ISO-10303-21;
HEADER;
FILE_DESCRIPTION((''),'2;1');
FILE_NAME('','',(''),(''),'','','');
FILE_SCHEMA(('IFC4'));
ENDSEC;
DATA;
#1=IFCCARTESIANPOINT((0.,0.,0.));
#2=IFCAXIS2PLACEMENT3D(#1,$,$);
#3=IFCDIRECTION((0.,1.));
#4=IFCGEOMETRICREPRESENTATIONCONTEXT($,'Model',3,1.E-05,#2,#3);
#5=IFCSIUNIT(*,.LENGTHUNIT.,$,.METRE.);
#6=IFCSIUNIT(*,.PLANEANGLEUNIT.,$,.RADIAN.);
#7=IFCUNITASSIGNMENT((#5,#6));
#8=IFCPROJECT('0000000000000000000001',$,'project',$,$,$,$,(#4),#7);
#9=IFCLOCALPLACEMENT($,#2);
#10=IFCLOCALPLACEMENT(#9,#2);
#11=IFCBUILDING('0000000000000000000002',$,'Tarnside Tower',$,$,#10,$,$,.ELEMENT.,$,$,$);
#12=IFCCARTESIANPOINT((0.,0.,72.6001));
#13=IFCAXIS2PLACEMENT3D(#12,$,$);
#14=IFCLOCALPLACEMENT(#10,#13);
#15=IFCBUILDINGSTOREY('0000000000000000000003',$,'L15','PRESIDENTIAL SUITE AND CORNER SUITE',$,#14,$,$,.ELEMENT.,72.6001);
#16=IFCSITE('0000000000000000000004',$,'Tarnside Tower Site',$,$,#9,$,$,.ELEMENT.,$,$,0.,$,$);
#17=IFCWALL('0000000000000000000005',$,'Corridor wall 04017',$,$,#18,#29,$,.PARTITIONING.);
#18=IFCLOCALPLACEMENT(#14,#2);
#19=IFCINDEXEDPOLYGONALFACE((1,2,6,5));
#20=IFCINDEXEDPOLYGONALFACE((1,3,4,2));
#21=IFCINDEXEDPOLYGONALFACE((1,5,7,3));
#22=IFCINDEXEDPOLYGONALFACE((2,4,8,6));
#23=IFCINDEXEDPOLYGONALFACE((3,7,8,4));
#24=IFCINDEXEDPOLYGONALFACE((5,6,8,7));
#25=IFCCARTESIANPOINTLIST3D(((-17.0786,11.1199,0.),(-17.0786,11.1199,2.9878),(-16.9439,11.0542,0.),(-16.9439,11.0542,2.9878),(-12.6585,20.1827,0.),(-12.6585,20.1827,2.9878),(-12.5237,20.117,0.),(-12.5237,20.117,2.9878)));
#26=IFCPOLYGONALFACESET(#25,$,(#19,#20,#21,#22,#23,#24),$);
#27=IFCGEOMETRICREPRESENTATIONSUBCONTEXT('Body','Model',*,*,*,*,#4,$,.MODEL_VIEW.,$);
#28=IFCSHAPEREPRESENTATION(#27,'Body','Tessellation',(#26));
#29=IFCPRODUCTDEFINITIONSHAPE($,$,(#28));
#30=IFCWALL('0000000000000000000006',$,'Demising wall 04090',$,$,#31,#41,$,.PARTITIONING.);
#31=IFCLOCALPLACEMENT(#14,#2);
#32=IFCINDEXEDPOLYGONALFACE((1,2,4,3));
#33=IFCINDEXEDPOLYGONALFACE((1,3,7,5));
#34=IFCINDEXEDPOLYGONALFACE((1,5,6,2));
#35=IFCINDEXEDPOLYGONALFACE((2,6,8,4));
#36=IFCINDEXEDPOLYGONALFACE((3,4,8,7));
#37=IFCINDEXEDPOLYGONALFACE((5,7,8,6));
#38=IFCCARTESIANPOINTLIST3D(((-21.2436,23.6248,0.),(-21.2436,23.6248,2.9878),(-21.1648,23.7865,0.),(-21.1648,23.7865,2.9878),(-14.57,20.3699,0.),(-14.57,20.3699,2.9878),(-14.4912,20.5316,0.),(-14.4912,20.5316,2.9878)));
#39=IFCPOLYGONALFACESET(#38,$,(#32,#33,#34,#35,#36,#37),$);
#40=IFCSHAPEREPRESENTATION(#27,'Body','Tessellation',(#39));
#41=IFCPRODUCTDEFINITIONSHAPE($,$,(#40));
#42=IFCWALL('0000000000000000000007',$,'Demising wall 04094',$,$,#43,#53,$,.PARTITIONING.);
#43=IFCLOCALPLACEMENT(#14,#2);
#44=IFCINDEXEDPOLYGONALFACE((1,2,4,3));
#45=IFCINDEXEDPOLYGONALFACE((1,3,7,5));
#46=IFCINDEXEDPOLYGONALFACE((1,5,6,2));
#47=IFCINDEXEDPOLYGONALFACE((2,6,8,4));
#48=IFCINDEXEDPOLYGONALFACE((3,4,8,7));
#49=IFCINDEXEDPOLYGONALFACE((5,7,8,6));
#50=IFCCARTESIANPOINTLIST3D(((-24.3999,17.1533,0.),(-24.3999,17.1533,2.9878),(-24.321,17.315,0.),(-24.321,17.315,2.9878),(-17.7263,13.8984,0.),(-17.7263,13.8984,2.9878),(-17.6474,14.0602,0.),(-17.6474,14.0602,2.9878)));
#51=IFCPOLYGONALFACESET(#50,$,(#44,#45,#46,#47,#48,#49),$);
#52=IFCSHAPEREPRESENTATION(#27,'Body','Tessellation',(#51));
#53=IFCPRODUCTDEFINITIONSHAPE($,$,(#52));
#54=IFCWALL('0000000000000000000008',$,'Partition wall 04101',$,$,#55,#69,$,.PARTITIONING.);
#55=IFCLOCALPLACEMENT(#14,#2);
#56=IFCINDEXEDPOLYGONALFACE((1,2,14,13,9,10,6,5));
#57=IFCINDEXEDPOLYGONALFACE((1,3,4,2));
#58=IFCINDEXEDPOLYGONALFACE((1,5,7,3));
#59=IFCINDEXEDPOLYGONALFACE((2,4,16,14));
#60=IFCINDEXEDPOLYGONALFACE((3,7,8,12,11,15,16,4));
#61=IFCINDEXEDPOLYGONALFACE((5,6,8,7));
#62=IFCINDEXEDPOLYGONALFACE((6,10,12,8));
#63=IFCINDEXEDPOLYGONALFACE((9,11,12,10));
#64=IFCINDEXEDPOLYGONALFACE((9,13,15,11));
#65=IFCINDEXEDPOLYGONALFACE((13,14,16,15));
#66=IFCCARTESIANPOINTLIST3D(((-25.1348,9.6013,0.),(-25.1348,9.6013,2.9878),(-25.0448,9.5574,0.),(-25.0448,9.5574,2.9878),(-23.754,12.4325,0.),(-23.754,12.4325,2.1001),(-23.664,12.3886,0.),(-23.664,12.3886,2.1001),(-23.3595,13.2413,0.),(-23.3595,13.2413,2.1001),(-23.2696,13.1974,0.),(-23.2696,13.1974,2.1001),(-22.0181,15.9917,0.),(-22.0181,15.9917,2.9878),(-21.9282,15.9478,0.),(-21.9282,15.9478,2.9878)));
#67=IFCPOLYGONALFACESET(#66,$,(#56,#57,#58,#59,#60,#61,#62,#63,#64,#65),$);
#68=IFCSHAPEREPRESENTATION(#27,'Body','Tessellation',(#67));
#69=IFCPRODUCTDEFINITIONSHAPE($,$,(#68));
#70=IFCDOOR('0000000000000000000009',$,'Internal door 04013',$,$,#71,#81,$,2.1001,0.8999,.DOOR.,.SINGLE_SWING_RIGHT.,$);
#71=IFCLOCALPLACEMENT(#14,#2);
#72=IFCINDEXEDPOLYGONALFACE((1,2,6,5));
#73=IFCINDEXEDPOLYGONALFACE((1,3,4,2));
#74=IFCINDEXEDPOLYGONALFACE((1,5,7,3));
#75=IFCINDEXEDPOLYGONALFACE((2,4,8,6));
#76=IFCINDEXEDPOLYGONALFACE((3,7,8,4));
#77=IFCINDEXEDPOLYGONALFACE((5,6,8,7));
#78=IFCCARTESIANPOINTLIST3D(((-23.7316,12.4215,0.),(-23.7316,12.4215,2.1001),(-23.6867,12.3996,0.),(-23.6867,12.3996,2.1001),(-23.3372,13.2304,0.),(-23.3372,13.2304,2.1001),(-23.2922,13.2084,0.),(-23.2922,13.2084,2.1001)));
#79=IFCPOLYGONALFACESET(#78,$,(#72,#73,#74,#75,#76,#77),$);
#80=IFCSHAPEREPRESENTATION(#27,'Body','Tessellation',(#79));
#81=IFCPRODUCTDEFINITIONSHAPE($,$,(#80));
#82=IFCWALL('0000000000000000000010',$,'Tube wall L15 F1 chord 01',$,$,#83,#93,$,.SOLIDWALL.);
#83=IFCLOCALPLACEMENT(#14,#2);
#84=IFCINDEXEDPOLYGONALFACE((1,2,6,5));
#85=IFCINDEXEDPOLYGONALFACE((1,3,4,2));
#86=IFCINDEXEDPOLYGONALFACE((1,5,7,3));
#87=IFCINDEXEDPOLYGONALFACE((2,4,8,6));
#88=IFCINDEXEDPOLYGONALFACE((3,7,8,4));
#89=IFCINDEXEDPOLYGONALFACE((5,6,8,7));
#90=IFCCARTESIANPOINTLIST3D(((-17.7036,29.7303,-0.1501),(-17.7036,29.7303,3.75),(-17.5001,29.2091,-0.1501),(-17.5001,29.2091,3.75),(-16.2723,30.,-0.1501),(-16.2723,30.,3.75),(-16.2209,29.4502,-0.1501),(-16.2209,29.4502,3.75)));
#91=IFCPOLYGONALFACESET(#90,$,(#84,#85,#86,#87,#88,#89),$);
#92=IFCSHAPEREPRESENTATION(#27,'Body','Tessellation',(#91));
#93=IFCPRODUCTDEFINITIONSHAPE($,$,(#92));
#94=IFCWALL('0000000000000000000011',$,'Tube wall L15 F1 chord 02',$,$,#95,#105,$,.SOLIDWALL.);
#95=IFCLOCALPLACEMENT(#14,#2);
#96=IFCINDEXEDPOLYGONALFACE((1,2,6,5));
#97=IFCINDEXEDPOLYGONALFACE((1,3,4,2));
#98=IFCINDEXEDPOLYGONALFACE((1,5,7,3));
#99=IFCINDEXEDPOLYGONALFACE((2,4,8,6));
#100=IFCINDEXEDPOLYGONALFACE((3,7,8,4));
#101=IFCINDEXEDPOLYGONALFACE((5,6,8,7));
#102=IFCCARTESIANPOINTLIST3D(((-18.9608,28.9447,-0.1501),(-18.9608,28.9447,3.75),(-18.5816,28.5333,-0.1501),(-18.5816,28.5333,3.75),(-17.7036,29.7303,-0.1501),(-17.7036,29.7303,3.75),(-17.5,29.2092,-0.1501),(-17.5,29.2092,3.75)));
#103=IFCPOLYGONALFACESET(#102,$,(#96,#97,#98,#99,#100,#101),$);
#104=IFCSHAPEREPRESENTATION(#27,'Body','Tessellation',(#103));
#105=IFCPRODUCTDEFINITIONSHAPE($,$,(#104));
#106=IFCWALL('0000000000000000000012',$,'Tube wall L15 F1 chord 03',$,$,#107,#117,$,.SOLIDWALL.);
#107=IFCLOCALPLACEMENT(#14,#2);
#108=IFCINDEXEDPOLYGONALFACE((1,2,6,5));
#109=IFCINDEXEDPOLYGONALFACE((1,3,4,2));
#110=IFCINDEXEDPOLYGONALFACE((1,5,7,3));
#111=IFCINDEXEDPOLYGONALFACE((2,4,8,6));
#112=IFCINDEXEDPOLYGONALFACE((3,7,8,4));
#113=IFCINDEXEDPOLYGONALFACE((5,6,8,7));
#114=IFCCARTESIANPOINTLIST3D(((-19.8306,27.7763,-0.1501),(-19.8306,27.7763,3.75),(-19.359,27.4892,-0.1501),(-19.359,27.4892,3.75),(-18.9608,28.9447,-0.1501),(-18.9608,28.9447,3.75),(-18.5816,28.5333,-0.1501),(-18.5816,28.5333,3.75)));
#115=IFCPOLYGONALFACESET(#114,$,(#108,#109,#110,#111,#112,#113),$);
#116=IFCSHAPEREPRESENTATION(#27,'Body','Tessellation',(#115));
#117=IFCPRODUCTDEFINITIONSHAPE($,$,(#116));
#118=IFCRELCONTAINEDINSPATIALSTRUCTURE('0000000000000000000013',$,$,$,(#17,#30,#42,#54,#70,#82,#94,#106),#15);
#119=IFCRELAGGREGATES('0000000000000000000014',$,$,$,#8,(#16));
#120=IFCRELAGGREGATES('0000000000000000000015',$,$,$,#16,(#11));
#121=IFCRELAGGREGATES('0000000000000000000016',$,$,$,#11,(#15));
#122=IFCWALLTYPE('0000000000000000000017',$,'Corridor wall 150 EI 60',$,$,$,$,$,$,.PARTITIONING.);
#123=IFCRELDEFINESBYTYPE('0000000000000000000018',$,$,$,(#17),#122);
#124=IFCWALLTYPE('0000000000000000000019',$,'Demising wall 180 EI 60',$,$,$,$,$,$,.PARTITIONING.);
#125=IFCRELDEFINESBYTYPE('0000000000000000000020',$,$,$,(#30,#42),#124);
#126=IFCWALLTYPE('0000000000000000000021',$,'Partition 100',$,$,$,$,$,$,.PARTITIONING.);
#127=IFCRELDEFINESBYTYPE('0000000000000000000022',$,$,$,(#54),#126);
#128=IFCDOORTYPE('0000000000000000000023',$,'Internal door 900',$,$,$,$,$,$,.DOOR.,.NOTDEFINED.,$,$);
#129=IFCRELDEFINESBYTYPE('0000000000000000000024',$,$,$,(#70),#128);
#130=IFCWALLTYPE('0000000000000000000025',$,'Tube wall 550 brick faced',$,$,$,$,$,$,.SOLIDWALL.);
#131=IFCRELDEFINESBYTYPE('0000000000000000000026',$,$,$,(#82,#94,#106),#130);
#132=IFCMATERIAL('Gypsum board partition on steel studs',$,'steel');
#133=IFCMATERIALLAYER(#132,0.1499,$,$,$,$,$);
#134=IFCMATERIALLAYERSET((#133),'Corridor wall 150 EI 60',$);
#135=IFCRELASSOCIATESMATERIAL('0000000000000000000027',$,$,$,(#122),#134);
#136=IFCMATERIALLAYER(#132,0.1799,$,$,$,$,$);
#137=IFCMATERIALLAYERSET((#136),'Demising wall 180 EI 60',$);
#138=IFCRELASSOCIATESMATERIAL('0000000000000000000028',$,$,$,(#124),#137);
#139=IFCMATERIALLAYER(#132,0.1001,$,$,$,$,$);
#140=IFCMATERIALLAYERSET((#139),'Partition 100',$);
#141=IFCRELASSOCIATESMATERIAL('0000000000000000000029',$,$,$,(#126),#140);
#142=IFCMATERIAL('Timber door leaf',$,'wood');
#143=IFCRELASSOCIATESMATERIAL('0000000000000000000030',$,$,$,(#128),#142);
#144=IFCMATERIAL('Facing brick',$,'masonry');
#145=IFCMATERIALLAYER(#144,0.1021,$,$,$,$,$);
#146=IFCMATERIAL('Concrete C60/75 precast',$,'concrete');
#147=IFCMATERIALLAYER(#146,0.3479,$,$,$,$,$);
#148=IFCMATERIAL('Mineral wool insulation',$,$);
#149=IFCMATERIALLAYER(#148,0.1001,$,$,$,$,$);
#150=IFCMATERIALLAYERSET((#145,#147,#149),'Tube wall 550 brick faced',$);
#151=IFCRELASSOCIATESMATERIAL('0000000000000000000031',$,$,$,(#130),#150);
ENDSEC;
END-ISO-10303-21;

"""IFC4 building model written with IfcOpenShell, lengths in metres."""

from ifc_helpers import new_model, si_unit, direction, frame, frame_2d, origin, place, context, subcontext, project, spatial, polyline, rectangle, outline, extrude, material, layer, layer_set, type_object, element, fill, save


model = new_model("IFC4")

# Units and contexts
model_context = context("Model", 3, precision=1e-05, world=origin(), true_north=direction((0.0, 1.0)))
body_context = subcontext(model_context, "Body", "Model", "MODEL_VIEW")
ifc_project = project(units=[si_unit("LENGTHUNIT", "METRE"), si_unit("PLANEANGLEUNIT", "RADIAN")], contexts=[model_context])

# Site, building, storey
site_placement = place(None, origin())
site = spatial("IfcSite", under=ifc_project, at=site_placement, Name="Tarnside Tower Site", CompositionType="ELEMENT", RefElevation=0.0)
building_placement = place(site_placement, origin())
building = spatial("IfcBuilding", under=site, at=building_placement, Name="Tarnside Tower", CompositionType="ELEMENT")
storey_placement = place(building_placement, frame((0.0, 0.0, 72.6001)))
storey = spatial("IfcBuildingStorey", under=building, at=storey_placement, Name="L15", Description="PRESIDENTIAL SUITE AND CORNER SUITE", CompositionType="ELEMENT", Elevation=72.6001)

# Shared definitions
ifc_material_1 = material(Name="Gypsum board partition on steel studs", Category="steel")
ifc_material_2 = material(Name="Timber door leaf", Category="wood")

# Walls
ifc_layer_1 = layer(ifc_material_1, 0.1499)
ifc_layer_set_1 = layer_set([ifc_layer_1], Name="Corridor wall 150 EI 60")
wall_type_1 = type_object("IfcWallType", Name="Corridor wall 150 EI 60", PredefinedType="PARTITIONING", material=ifc_layer_set_1)
wall_1_placement = place(storey_placement, frame((-17.0112, 11.0872, 0.0), z_axis=(0.0, 0.0, 1.0), x_axis=(0.438369, 0.898795, 0.0)))
element("IfcWall", 1, at=wall_1_placement, inside=storey, type_object=wall_type_1, Name="Corridor wall 04017", PredefinedType="PARTITIONING", context=body_context, shape_type="SweptSolid", body=[
    extrude(rectangle(XDim=10.0833, YDim=0.1499, at=frame_2d((5.0415, 0.0))), origin(), (0.0, 0.0, 1.0), 2.9878),
])
ifc_layer_2 = layer(ifc_material_1, 0.1799)
ifc_layer_set_2 = layer_set([ifc_layer_2], Name="Demising wall 180 EI 60")
wall_type_2 = type_object("IfcWallType", Name="Demising wall 180 EI 60", PredefinedType="PARTITIONING", material=ifc_layer_set_2)
for number, where, z_axis, x_axis, name in (
    (2, (-21.2041, 23.7056, 0.0), (0.0, 0.0, 1.0), (0.898796, -0.438367, 0.0), "Demising wall 04090"),
    (3, (-24.3604, 17.2341, 0.0), (0.0, 0.0, 1.0), (0.898796, -0.438367, 0.0), "Demising wall 04094"),
):
    element("IfcWall", number, at=place(storey_placement, frame(where, z_axis=z_axis, x_axis=x_axis)), inside=storey, type_object=wall_type_2, Name=name, PredefinedType="PARTITIONING", context=body_context, shape_type="SweptSolid", body=[
        extrude(rectangle(XDim=7.425, YDim=0.1799, at=frame_2d((3.7124, 0.0))), origin(), (0.0, 0.0, 1.0), 2.9878),
    ])

# Wall, opening, door
ifc_layer_3 = layer(ifc_material_1, 0.1001)
ifc_layer_set_3 = layer_set([ifc_layer_3], Name="Partition 100")
wall_type_3 = type_object("IfcWallType", Name="Partition 100", PredefinedType="PARTITIONING", material=ifc_layer_set_3)
wall_2_placement = place(storey_placement, frame((-21.9731, 15.9697, 0.0), z_axis=(0.0, 0.0, 1.0), x_axis=(-0.43836, -0.898799, 0.0)))
wall_2 = element("IfcWall", 4, at=wall_2_placement, inside=storey, type_object=wall_type_3, Name="Partition wall 04101", PredefinedType="PARTITIONING", context=body_context, shape_type="SweptSolid", body=[
    extrude(rectangle(XDim=7.1099, YDim=0.1001, at=frame_2d((3.5549, 0.0))), origin(), (0.0, 0.0, 1.0), 2.9878),
])
opening_1_placement = place(wall_2_placement, frame((3.0601, 0.0, 0.0)))
opening_1 = element("IfcOpeningElement", 5, at=opening_1_placement, cuts=wall_2, PredefinedType="OPENING", context=body_context, shape_type="SweptSolid", body=[
    extrude(rectangle(XDim=0.8999, YDim=2.1001, at=frame_2d((0.45, 1.05))), frame((0.0, 0.0601, 0.0), z_axis=(0.0, -1.0, 0.0), x_axis=(1.0, 0.0, 0.0)), (0.0, 0.0, 1.0), 0.1201),
])
door_type_1 = type_object("IfcDoorType", Name="Internal door 900", OperationType="NOTDEFINED", PredefinedType="DOOR", material=ifc_material_2)
door_1_placement = place(opening_1_placement, origin())
door_1 = element("IfcDoor", 6, at=door_1_placement, inside=storey, type_object=door_type_1, Name="Internal door 04013", OperationType="SINGLE_SWING_RIGHT", OverallHeight=2.1001, OverallWidth=0.8999, PredefinedType="DOOR", context=body_context, shape_type="SweptSolid", body=[
    extrude(rectangle(XDim=0.8999, YDim=2.1001, at=frame_2d((0.45, 1.05))), frame((0.0, 0.0249, 0.0), z_axis=(0.0, -1.0, 0.0), x_axis=(1.0, 0.0, 0.0)), (0.0, 0.0, 1.0), 0.05),
])
fill(opening_1, door_1)

# Walls
ifc_material_3 = material(Name="Facing brick", Category="masonry")
ifc_layer_4 = layer(ifc_material_3, 0.1021)
ifc_material_4 = material(Name="Concrete C60/75 precast", Category="concrete")
ifc_layer_5 = layer(ifc_material_4, 0.3479)
ifc_material_5 = material(Name="Mineral wool insulation")
ifc_layer_6 = layer(ifc_material_5, 0.1001)
ifc_layer_set_4 = layer_set([ifc_layer_4, ifc_layer_5, ifc_layer_6], Name="Tube wall 550 brick faced")
wall_type_4 = type_object("IfcWallType", Name="Tube wall 550 brick faced", PredefinedType="SOLIDWALL", material=ifc_layer_set_4)
wall_3_placement = place(storey_placement, frame((-16.2466, 29.7251, -0.1501), z_axis=(0.0, 0.0, 1.0), x_axis=(-0.982705, -0.185176, 0.0)))
element("IfcWall", 7, at=wall_3_placement, inside=storey, type_object=wall_type_4, Name="Tube wall L15 F1 chord 01", PredefinedType="SOLIDWALL", context=body_context, shape_type="SweptSolid", body=[
    extrude(outline(polyline([(-0.0256, -0.2749), (1.4309, -0.2749), (1.3274, 0.2749), (0.0256, 0.2749), (-0.0256, -0.2749)])), origin(), (0.0, 0.0, 1.0), 3.9001),
])
wall_4_placement = place(storey_placement, frame((-17.6018, 29.4697, -0.1501), z_axis=(0.0, 0.0, 1.0), x_axis=(-0.848058, -0.529903, 0.0)))
element("IfcWall", 8, at=wall_4_placement, inside=storey, type_object=wall_type_4, Name="Tube wall L15 F1 chord 02", PredefinedType="SOLIDWALL", context=body_context, shape_type="SweptSolid", body=[
    extrude(outline(polyline([(-0.0518, -0.2749), (1.4307, -0.2749), (1.3271, 0.2749), (0.0518, 0.2749), (-0.0518, -0.2749)])), origin(), (0.0, 0.0, 1.0), 3.9001),
])
wall_5_placement = place(storey_placement, frame((-18.7712, 28.739, -0.1501), z_axis=(0.0, 0.0, 1.0), x_axis=(-0.597135, -0.802141, 0.0)))
element("IfcWall", 9, at=wall_5_placement, inside=storey, type_object=wall_type_4, Name="Tube wall L15 F1 chord 03", PredefinedType="SOLIDWALL", context=body_context, shape_type="SweptSolid", body=[
    extrude(outline(polyline([(-0.0518, -0.2749), (1.4048, -0.2749), (1.3535, 0.2749), (0.0518, 0.2749), (-0.0518, -0.2749)])), origin(), (0.0, 0.0, 1.0), 3.9001),
])

save(model, "model.ifc")
